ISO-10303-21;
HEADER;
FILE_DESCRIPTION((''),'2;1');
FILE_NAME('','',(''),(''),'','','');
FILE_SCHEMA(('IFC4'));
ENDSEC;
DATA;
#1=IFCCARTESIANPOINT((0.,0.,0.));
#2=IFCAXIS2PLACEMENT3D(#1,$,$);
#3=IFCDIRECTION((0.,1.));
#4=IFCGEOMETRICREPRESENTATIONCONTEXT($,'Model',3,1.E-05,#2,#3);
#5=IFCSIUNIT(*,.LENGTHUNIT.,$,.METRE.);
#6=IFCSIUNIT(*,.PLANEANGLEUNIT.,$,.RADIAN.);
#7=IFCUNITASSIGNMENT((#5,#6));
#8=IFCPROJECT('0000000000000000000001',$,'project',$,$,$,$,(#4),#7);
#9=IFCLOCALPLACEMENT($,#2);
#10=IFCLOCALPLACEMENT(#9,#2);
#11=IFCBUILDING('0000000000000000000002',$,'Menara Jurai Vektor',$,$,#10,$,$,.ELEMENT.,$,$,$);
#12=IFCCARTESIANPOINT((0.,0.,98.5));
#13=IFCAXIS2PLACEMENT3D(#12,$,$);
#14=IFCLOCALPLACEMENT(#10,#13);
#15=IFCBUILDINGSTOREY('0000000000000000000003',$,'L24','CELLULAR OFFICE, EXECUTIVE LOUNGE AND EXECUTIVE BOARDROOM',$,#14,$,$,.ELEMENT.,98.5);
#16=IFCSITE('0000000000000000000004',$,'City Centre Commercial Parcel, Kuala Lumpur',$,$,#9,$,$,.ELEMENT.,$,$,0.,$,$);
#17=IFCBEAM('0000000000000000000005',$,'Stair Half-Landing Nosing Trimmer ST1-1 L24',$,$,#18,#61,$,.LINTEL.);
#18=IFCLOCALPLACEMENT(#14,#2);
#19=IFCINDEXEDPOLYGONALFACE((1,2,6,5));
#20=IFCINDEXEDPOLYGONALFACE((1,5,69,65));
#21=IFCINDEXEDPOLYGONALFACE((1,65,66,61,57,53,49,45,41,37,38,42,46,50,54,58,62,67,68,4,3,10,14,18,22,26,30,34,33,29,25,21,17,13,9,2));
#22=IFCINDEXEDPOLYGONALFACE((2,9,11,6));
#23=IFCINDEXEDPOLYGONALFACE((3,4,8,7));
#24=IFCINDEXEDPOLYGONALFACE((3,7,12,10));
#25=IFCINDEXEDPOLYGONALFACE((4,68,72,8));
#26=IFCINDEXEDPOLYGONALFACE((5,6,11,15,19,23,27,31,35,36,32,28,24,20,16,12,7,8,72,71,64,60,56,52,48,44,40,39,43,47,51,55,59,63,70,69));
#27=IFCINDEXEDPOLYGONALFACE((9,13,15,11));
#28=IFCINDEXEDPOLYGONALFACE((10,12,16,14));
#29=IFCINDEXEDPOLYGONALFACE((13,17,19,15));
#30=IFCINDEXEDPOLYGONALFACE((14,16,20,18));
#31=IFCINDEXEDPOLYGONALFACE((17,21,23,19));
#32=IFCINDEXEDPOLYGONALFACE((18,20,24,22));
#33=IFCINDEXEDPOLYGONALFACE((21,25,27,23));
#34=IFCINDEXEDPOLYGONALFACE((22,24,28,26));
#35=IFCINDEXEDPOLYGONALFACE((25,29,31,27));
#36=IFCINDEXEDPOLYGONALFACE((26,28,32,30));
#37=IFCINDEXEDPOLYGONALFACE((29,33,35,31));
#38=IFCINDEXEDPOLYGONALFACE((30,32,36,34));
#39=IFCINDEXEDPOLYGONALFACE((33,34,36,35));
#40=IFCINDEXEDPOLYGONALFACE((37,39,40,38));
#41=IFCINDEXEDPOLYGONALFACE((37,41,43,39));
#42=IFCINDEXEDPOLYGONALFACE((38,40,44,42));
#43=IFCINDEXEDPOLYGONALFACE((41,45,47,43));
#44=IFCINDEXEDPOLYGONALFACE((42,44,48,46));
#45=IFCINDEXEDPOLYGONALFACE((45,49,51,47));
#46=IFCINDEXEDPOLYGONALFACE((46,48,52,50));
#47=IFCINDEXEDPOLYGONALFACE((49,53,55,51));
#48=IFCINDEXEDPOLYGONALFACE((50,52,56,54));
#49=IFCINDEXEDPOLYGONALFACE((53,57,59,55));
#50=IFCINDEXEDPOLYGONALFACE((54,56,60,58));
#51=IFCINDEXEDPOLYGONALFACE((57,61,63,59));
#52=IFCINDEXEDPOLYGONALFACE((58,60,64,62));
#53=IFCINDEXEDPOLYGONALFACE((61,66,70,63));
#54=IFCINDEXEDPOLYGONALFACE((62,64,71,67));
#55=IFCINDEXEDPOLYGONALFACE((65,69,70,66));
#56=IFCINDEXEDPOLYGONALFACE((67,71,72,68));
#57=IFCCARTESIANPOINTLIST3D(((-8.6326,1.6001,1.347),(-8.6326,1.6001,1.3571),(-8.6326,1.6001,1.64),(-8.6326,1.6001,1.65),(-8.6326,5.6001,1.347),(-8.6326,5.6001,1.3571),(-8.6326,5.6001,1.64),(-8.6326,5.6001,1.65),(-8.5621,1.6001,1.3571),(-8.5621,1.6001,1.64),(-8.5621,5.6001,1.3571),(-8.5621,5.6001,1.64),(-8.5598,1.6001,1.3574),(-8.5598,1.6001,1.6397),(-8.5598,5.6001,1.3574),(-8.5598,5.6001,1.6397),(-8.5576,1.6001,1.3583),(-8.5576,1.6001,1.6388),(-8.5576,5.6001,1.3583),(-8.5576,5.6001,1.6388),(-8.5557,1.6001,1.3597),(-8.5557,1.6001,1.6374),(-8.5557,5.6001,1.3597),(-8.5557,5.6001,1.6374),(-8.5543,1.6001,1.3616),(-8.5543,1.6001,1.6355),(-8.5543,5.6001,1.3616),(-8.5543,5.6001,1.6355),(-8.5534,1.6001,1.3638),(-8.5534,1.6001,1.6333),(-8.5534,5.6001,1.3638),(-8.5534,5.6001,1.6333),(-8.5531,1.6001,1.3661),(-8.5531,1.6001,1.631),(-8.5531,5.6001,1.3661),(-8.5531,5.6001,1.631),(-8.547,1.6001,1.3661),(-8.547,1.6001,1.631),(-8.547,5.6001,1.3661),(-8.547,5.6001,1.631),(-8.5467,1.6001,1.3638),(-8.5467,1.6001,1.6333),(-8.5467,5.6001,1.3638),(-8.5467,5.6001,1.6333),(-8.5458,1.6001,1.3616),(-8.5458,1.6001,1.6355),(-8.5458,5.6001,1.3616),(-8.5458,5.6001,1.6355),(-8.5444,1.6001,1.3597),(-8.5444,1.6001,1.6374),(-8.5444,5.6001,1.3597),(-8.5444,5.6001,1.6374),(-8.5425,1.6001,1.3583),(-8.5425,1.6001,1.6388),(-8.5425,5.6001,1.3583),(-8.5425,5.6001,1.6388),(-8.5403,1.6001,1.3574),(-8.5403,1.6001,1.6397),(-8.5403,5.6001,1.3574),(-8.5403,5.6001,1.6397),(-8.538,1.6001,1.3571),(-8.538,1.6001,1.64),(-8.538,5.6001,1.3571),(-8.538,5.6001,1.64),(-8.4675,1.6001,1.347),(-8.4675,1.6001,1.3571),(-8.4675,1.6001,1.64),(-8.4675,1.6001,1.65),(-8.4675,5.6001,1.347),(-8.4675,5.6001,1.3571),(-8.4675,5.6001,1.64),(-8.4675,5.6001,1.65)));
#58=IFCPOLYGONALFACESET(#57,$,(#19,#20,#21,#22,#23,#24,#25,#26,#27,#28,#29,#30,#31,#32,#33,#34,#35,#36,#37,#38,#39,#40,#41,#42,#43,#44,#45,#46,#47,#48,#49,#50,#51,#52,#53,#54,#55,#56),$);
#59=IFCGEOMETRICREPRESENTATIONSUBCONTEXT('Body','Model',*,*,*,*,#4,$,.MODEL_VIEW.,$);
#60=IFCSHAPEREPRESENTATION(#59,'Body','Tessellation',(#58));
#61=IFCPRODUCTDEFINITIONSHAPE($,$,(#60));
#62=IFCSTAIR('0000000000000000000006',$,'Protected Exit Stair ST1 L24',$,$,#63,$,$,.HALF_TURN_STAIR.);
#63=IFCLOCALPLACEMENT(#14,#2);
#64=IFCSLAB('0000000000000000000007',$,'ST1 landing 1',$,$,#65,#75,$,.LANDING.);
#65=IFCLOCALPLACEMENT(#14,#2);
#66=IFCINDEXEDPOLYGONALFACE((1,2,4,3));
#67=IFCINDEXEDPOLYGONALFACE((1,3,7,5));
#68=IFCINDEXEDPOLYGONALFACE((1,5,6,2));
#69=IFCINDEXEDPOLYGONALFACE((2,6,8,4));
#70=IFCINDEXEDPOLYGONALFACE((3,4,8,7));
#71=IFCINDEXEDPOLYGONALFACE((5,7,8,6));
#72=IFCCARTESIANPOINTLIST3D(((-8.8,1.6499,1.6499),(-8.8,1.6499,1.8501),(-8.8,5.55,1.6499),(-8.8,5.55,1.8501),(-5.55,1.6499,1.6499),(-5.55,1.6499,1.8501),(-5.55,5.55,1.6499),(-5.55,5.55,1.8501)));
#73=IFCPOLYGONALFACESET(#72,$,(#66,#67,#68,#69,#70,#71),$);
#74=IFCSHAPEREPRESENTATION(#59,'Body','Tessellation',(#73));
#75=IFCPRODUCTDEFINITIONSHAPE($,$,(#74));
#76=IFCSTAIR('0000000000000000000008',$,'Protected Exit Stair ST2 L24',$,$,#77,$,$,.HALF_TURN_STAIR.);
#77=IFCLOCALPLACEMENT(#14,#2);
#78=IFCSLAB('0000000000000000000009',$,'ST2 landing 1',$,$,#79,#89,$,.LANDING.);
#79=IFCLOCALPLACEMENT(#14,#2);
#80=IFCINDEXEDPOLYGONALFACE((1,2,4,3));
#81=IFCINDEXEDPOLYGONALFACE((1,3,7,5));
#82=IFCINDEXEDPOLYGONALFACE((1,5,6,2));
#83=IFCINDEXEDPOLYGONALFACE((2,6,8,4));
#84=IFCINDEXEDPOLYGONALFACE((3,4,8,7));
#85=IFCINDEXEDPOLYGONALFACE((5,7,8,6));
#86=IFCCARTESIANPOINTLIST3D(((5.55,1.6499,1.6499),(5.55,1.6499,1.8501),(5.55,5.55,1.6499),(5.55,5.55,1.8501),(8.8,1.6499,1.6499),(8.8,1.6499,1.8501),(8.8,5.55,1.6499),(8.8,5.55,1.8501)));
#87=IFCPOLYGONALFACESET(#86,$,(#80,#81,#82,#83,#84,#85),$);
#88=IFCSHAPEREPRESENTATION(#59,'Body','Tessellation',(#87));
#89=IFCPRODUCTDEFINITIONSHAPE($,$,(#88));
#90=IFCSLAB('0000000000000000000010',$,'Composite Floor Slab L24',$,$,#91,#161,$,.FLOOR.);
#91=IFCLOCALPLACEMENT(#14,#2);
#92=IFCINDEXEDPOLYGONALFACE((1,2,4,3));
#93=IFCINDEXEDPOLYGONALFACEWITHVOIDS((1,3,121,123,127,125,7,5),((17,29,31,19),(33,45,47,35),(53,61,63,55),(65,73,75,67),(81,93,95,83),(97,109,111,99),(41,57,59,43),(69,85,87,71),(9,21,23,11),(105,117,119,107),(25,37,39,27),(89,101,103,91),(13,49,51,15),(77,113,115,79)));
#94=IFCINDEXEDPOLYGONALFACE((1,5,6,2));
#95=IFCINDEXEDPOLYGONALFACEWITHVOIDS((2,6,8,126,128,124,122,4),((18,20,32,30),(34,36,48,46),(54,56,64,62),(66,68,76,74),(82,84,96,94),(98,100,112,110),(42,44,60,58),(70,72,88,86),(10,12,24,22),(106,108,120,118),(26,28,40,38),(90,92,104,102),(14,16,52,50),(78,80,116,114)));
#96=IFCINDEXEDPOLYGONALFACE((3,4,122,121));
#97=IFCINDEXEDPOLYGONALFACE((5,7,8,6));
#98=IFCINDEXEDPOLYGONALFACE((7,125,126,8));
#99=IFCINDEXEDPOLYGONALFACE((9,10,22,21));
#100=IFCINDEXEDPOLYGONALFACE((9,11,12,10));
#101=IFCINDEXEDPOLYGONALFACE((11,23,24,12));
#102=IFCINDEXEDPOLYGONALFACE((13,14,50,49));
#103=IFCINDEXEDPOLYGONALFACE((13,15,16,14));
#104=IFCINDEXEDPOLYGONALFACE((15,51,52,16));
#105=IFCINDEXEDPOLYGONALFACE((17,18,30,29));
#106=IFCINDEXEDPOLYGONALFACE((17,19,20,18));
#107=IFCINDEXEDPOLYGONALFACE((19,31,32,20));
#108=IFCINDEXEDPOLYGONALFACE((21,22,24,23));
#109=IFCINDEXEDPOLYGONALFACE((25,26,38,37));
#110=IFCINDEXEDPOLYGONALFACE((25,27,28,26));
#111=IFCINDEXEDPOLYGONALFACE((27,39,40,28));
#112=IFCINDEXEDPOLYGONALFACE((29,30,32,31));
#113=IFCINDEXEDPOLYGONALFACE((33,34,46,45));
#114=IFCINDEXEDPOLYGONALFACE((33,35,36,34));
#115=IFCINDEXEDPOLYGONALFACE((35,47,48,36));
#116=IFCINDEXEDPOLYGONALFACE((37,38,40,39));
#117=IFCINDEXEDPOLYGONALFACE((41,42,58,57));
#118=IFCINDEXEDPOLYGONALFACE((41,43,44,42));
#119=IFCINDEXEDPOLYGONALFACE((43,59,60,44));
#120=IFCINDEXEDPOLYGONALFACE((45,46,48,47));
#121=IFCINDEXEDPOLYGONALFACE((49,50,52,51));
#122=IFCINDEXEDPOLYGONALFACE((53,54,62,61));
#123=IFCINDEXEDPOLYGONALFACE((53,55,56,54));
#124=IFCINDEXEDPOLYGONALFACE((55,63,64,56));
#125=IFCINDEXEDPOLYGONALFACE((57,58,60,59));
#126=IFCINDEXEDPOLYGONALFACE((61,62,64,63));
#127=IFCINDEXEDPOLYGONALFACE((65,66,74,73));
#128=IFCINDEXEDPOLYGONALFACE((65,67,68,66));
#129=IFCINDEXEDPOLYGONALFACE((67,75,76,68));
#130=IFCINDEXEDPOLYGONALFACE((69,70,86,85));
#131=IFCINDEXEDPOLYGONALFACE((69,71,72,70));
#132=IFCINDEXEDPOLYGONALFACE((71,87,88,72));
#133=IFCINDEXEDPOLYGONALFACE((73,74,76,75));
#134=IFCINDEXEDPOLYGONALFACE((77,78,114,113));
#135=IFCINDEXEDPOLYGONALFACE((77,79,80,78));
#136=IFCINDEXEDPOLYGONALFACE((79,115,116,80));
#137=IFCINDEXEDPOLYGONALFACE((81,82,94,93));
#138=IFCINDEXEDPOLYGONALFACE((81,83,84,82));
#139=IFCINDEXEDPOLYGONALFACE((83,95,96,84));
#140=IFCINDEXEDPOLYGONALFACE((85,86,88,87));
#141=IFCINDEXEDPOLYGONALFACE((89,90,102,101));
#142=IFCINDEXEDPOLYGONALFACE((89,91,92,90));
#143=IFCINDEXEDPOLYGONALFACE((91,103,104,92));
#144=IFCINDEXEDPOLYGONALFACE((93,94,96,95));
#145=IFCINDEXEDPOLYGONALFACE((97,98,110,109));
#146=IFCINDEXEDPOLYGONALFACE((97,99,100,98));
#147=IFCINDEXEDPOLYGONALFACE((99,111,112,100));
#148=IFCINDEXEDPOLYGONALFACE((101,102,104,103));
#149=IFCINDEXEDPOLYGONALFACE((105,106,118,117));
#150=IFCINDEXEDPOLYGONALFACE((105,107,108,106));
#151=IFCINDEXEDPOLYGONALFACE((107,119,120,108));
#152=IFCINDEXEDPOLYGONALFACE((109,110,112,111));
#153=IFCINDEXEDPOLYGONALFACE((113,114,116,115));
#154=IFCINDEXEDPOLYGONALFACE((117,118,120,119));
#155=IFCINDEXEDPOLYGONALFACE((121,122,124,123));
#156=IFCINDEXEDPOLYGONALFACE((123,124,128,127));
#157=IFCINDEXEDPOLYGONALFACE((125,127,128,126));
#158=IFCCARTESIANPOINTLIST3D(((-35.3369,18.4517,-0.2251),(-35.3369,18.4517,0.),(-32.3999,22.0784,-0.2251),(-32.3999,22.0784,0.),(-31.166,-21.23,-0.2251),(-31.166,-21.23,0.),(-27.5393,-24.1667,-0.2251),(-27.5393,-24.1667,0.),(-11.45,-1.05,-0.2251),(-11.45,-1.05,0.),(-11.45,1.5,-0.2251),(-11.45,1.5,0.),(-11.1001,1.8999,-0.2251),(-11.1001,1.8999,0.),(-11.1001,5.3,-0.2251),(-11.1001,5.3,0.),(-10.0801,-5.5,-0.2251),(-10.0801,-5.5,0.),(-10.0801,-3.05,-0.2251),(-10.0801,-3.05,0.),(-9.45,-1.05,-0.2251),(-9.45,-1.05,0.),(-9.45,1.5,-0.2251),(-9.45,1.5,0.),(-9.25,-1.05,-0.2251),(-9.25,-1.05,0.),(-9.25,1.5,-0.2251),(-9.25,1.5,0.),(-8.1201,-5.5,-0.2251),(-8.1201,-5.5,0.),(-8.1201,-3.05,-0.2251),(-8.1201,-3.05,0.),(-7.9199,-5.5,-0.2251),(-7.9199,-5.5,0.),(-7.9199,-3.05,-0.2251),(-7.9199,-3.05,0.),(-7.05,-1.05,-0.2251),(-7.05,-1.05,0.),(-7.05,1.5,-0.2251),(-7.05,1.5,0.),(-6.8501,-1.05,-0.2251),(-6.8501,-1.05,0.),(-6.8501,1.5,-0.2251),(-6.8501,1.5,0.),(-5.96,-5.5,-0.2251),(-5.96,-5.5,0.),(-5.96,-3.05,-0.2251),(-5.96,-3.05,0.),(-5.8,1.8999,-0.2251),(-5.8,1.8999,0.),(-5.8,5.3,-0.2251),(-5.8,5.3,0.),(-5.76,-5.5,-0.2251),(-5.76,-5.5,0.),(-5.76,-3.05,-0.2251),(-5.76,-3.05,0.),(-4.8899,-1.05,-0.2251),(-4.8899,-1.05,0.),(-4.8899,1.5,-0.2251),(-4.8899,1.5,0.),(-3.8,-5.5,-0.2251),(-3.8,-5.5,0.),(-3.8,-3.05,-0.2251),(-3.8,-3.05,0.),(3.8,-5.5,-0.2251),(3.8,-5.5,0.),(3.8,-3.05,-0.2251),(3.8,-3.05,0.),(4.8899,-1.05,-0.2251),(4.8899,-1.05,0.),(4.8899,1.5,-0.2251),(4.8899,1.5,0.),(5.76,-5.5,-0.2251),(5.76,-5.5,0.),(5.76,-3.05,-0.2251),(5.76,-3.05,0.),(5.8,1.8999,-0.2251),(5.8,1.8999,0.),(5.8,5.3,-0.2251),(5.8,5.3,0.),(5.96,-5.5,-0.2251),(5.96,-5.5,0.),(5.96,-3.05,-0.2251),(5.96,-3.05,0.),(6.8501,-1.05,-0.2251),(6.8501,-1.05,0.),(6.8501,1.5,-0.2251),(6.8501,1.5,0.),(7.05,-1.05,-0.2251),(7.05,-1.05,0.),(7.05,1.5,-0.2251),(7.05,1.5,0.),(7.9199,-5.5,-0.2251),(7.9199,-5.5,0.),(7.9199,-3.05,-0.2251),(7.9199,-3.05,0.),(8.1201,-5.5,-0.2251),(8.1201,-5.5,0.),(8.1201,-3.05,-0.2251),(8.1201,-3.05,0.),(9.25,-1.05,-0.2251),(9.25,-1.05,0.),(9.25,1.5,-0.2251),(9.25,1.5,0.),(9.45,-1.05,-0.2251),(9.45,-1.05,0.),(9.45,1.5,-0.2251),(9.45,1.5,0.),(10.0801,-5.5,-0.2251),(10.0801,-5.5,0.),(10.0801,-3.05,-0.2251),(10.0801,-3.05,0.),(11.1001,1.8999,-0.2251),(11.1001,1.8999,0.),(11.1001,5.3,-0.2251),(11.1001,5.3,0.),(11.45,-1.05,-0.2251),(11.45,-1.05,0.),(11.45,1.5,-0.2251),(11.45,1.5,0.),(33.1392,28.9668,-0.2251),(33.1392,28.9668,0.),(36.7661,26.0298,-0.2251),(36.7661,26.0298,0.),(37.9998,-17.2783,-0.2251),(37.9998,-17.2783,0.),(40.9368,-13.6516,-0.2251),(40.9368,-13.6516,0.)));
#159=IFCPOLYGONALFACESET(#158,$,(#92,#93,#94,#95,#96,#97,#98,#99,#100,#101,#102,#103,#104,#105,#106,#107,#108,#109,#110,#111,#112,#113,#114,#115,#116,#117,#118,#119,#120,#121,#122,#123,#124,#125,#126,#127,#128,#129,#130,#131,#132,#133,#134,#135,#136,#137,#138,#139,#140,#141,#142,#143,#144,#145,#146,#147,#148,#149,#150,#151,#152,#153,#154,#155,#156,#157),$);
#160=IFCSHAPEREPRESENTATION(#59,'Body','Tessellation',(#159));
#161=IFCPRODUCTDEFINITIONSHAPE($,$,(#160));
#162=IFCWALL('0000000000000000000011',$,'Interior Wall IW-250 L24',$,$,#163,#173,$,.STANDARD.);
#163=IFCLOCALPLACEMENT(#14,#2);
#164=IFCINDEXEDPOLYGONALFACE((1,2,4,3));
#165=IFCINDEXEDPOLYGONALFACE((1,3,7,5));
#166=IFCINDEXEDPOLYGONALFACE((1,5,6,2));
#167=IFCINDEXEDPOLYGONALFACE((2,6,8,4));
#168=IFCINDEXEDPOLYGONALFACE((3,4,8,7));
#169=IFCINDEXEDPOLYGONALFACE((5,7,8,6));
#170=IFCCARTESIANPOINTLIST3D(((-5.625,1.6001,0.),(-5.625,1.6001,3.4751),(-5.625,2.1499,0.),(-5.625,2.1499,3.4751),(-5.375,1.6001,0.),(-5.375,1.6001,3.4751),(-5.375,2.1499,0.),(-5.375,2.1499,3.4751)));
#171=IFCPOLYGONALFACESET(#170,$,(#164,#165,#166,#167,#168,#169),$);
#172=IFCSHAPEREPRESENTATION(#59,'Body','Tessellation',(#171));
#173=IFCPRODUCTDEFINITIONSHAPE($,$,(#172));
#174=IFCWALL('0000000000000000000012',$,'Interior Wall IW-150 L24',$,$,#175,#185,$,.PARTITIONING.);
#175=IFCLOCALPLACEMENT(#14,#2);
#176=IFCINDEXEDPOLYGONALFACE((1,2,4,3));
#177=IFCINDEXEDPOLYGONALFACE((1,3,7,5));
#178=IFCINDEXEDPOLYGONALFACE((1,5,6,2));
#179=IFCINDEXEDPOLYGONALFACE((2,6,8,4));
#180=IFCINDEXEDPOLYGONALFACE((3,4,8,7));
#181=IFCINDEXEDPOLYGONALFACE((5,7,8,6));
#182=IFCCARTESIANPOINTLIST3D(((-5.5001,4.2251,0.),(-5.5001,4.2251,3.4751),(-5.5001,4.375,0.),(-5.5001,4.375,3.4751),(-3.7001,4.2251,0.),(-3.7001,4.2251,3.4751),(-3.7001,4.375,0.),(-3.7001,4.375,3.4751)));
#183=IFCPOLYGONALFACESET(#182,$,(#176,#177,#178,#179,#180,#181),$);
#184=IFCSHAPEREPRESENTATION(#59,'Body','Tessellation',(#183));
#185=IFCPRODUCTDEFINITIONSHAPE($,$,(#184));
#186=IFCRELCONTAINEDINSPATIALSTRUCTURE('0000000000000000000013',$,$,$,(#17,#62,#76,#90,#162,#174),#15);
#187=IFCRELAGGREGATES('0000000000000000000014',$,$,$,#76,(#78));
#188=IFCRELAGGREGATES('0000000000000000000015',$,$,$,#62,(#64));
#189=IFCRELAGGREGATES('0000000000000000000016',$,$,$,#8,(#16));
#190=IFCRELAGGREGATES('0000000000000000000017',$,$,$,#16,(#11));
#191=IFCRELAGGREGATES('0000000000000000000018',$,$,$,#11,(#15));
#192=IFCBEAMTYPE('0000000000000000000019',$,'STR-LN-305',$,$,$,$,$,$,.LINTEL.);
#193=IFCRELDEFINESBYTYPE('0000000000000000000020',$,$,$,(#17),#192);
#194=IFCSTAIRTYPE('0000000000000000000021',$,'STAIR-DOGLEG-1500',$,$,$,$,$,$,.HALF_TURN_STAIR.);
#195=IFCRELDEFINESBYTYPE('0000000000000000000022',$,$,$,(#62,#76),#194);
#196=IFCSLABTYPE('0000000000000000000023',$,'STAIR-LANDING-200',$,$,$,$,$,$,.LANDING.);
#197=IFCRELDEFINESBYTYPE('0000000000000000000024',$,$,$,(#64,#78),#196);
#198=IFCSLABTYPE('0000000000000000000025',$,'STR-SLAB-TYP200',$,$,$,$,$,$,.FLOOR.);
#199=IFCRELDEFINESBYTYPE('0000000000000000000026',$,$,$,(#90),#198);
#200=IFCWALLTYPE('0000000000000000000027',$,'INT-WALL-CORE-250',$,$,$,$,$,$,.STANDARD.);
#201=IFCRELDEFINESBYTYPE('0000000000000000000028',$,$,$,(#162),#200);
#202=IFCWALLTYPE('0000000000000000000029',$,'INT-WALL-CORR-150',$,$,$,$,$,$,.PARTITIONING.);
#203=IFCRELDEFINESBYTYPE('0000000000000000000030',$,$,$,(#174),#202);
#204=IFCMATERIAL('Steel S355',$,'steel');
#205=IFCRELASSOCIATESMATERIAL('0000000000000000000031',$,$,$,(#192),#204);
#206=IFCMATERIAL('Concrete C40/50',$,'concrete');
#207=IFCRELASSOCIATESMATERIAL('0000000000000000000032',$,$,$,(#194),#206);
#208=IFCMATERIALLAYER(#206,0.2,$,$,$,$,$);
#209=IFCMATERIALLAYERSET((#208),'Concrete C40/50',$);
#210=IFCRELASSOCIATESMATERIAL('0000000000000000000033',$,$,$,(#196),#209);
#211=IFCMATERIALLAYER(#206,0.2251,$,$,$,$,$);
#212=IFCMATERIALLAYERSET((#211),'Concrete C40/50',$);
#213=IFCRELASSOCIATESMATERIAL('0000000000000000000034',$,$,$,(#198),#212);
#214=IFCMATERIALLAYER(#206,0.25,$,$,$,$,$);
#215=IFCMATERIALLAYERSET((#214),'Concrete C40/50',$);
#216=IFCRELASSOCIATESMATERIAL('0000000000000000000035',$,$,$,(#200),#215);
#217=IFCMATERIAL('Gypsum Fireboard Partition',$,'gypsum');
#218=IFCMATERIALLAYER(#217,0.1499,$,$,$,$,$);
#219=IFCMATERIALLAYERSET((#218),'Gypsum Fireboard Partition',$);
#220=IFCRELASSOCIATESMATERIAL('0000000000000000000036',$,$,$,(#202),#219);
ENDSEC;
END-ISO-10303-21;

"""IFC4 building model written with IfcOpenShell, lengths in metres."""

from ifc_helpers import new_model, si_unit, direction, frame, frame_2d, origin, origin_2d, place, context, subcontext, project, spatial, polyline, rectangle, i_section, outline, extrude, material, layer, layer_set, material_profile, profile_set, type_object, element, aggregate, save


model = new_model("IFC4")

# Units and contexts
model_context = context("Model", 3, precision=1e-05, world=origin(), true_north=direction((0.0, 1.0)))
body_context = subcontext(model_context, "Body", "Model", "MODEL_VIEW")
ifc_project = project(units=[si_unit("LENGTHUNIT", "METRE"), si_unit("PLANEANGLEUNIT", "RADIAN")], contexts=[model_context])

# Site, building, storey
site_placement = place(None, origin())
site = spatial("IfcSite", under=ifc_project, at=site_placement, Name="City Centre Commercial Parcel, Kuala Lumpur", CompositionType="ELEMENT", RefElevation=0.0)
building_placement = place(site_placement, origin())
building = spatial("IfcBuilding", under=site, at=building_placement, Name="Menara Jurai Vektor", CompositionType="ELEMENT")
storey_placement = place(building_placement, frame((0.0, 0.0, 98.5)))
storey = spatial("IfcBuildingStorey", under=building, at=storey_placement, Name="L24", Description="CELLULAR OFFICE, EXECUTIVE LOUNGE AND EXECUTIVE BOARDROOM", CompositionType="ELEMENT", Elevation=98.5)

# Shared definitions
ifc_material_1 = material(Name="Steel S355", Category="steel")

# Beam
ifc_material_profile_1 = material_profile(ifc_material_1, i_section(OverallWidth=0.165, OverallDepth=0.303, WebThickness=0.0061, FlangeThickness=0.01, FilletRadius=0.009, at=origin_2d()), Name="UKB 305x165x40")
ifc_profile_set_1 = profile_set([ifc_material_profile_1], Name="Steel S355")
beam_type_1 = type_object("IfcBeamType", Name="STR-LN-305", PredefinedType="LINTEL", material=ifc_profile_set_1)
beam_1_placement = place(storey_placement, frame((-8.55, 1.6001, 1.4985), z_axis=(0.0, 1.0, 0.0), x_axis=(-1.0, 0.0, 0.0)))
element("IfcBeam", 1, at=beam_1_placement, inside=storey, type_object=beam_type_1, Name="Stair Half-Landing Nosing Trimmer ST1-1 L24", PredefinedType="LINTEL", context=body_context, shape_type="SweptSolid", body=[
    extrude(i_section(OverallWidth=0.165, OverallDepth=0.303, WebThickness=0.0061, FlangeThickness=0.01, FilletRadius=0.009, at=origin_2d()), origin(), (0.0, 0.0, 1.0), 4.0),
])

# Stairs, slabs
ifc_material_2 = material(Name="Concrete C40/50", Category="concrete")
stair_type = type_object("IfcStairType", Name="STAIR-DOGLEG-1500", PredefinedType="HALF_TURN_STAIR", material=ifc_material_2)
stair_1_placement = place(storey_placement, origin())
stair_1 = element("IfcStair", 2, at=stair_1_placement, inside=storey, type_object=stair_type, Name="Protected Exit Stair ST1 L24", PredefinedType="HALF_TURN_STAIR")
ifc_layer_1 = layer(ifc_material_2, 0.2)
ifc_layer_set_1 = layer_set([ifc_layer_1], Name="Concrete C40/50")
slab_type_1 = type_object("IfcSlabType", Name="STAIR-LANDING-200", PredefinedType="LANDING", material=ifc_layer_set_1)
slab_1_placement = place(storey_placement, frame((0.0, 0.0, 1.6499)))
slab_1 = element("IfcSlab", 3, at=slab_1_placement, type_object=slab_type_1, Name="ST1 landing 1", PredefinedType="LANDING", context=body_context, shape_type="SweptSolid", body=[
    extrude(outline(polyline([(-8.8, 1.6499), (-5.55, 1.6499), (-5.55, 5.55), (-8.8, 5.55), (-8.8, 1.6499)])), origin(), (0.0, 0.0, 1.0), 0.2002),
])
stair_2_placement = place(storey_placement, origin())
stair_2 = element("IfcStair", 4, at=stair_2_placement, inside=storey, type_object=stair_type, Name="Protected Exit Stair ST2 L24", PredefinedType="HALF_TURN_STAIR")
slab_2_placement = place(storey_placement, frame((0.0, 0.0, 1.6499)))
slab_2 = element("IfcSlab", 5, at=slab_2_placement, type_object=slab_type_1, Name="ST2 landing 1", PredefinedType="LANDING", context=body_context, shape_type="SweptSolid", body=[
    extrude(outline(polyline([(5.55, 1.6499), (8.8, 1.6499), (8.8, 5.55), (5.55, 5.55), (5.55, 1.6499)])), origin(), (0.0, 0.0, 1.0), 0.2002),
])
aggregate(stair_2, [slab_2])

# Slab
ifc_layer_2 = layer(ifc_material_2, 0.2251)
ifc_layer_set_2 = layer_set([ifc_layer_2], Name="Concrete C40/50")
slab_type_2 = type_object("IfcSlabType", Name="STR-SLAB-TYP200", PredefinedType="FLOOR", material=ifc_layer_set_2)
slab_3_placement = place(storey_placement, frame((0.0, 0.0, -0.2251)))
element("IfcSlab", 6, at=slab_3_placement, inside=storey, type_object=slab_type_2, Name="Composite Floor Slab L24", PredefinedType="FLOOR", context=body_context, shape_type="SweptSolid", body=[
    extrude(outline(polyline([(-27.5393, -24.1667), (37.9998, -17.2783), (40.9368, -13.6516), (36.7661, 26.0298), (33.1392, 28.9668), (-32.3999, 22.0784), (-35.3369, 18.4517), (-31.166, -21.23), (-27.5393, -24.1667)]), holes=[polyline([(-11.1001, 1.8999), (-11.1001, 5.3), (-5.8, 5.3), (-5.8, 1.8999), (-11.1001, 1.8999)]), polyline([(5.8, 1.8999), (5.8, 5.3), (11.1001, 5.3), (11.1001, 1.8999), (5.8, 1.8999)]), polyline([(-11.45, -1.05), (-11.45, 1.5), (-9.45, 1.5), (-9.45, -1.05), (-11.45, -1.05)]), polyline([(9.45, -1.05), (9.45, 1.5), (11.45, 1.5), (11.45, -1.05), (9.45, -1.05)]), polyline([(-5.76, -5.5), (-5.76, -3.05), (-3.8, -3.05), (-3.8, -5.5), (-5.76, -5.5)]), polyline([(-6.8501, -1.05), (-6.8501, 1.5), (-4.8899, 1.5), (-4.8899, -1.05), (-6.8501, -1.05)]), polyline([(3.8, -5.5), (3.8, -3.05), (5.76, -3.05), (5.76, -5.5), (3.8, -5.5)]), polyline([(4.8899, -1.05), (4.8899, 1.5), (6.8501, 1.5), (6.8501, -1.05), (4.8899, -1.05)]), polyline([(-10.0801, -5.5), (-10.0801, -3.05), (-8.1201, -3.05), (-8.1201, -5.5), (-10.0801, -5.5)]), polyline([(-7.9199, -5.5), (-7.9199, -3.05), (-5.96, -3.05), (-5.96, -5.5), (-7.9199, -5.5)]), polyline([(5.96, -5.5), (5.96, -3.05), (7.9199, -3.05), (7.9199, -5.5), (5.96, -5.5)]), polyline([(8.1201, -5.5), (8.1201, -3.05), (10.0801, -3.05), (10.0801, -5.5), (8.1201, -5.5)]), polyline([(-9.25, -1.05), (-9.25, 1.5), (-7.05, 1.5), (-7.05, -1.05), (-9.25, -1.05)]), polyline([(7.05, -1.05), (7.05, 1.5), (9.25, 1.5), (9.25, -1.05), (7.05, -1.05)])]), origin(), (0.0, 0.0, 1.0), 0.2251),
])

# Shared definitions
ifc_layer_3 = layer(ifc_material_2, 0.25)
ifc_layer_set_3 = layer_set([ifc_layer_3], Name="Concrete C40/50")
wall_type_1 = type_object("IfcWallType", Name="INT-WALL-CORE-250", PredefinedType="STANDARD", material=ifc_layer_set_3)

# Walls
wall_1_placement = place(storey_placement, frame((-5.5, 1.6001, 0.0), z_axis=(0.0, 0.0, 1.0), x_axis=(0.0, 1.0, 0.0)))
element("IfcWall", 7, at=wall_1_placement, inside=storey, type_object=wall_type_1, Name="Interior Wall IW-250 L24", PredefinedType="STANDARD", context=body_context, shape_type="SweptSolid", body=[
    extrude(rectangle(XDim=0.5498, YDim=0.25, at=frame_2d((0.2749, 0.0))), origin(), (0.0, 0.0, 1.0), 3.4751),
])
ifc_material_3 = material(Name="Gypsum Fireboard Partition", Category="gypsum")
ifc_layer_4 = layer(ifc_material_3, 0.1499)
ifc_layer_set_4 = layer_set([ifc_layer_4], Name="Gypsum Fireboard Partition")
wall_type_2 = type_object("IfcWallType", Name="INT-WALL-CORR-150", PredefinedType="PARTITIONING", material=ifc_layer_set_4)
for number, where, z_axis, x_axis, name in (
    (8, (-5.5, 4.3, 0.0), (0.0, 0.0, 1.0), (1.0, 0.0, 0.0), "Interior Wall IW-150 L24"),
):
    element("IfcWall", number, at=place(storey_placement, frame(where, z_axis=z_axis, x_axis=x_axis)), inside=storey, type_object=wall_type_2, Name=name, PredefinedType="PARTITIONING", context=body_context, shape_type="SweptSolid", body=[
        extrude(rectangle(XDim=1.8, YDim=0.1499, at=frame_2d((0.8999, 0.0))), origin(), (0.0, 0.0, 1.0), 3.4751),
    ])

aggregate(stair_1, [slab_1])

save(model, "model.ifc")
